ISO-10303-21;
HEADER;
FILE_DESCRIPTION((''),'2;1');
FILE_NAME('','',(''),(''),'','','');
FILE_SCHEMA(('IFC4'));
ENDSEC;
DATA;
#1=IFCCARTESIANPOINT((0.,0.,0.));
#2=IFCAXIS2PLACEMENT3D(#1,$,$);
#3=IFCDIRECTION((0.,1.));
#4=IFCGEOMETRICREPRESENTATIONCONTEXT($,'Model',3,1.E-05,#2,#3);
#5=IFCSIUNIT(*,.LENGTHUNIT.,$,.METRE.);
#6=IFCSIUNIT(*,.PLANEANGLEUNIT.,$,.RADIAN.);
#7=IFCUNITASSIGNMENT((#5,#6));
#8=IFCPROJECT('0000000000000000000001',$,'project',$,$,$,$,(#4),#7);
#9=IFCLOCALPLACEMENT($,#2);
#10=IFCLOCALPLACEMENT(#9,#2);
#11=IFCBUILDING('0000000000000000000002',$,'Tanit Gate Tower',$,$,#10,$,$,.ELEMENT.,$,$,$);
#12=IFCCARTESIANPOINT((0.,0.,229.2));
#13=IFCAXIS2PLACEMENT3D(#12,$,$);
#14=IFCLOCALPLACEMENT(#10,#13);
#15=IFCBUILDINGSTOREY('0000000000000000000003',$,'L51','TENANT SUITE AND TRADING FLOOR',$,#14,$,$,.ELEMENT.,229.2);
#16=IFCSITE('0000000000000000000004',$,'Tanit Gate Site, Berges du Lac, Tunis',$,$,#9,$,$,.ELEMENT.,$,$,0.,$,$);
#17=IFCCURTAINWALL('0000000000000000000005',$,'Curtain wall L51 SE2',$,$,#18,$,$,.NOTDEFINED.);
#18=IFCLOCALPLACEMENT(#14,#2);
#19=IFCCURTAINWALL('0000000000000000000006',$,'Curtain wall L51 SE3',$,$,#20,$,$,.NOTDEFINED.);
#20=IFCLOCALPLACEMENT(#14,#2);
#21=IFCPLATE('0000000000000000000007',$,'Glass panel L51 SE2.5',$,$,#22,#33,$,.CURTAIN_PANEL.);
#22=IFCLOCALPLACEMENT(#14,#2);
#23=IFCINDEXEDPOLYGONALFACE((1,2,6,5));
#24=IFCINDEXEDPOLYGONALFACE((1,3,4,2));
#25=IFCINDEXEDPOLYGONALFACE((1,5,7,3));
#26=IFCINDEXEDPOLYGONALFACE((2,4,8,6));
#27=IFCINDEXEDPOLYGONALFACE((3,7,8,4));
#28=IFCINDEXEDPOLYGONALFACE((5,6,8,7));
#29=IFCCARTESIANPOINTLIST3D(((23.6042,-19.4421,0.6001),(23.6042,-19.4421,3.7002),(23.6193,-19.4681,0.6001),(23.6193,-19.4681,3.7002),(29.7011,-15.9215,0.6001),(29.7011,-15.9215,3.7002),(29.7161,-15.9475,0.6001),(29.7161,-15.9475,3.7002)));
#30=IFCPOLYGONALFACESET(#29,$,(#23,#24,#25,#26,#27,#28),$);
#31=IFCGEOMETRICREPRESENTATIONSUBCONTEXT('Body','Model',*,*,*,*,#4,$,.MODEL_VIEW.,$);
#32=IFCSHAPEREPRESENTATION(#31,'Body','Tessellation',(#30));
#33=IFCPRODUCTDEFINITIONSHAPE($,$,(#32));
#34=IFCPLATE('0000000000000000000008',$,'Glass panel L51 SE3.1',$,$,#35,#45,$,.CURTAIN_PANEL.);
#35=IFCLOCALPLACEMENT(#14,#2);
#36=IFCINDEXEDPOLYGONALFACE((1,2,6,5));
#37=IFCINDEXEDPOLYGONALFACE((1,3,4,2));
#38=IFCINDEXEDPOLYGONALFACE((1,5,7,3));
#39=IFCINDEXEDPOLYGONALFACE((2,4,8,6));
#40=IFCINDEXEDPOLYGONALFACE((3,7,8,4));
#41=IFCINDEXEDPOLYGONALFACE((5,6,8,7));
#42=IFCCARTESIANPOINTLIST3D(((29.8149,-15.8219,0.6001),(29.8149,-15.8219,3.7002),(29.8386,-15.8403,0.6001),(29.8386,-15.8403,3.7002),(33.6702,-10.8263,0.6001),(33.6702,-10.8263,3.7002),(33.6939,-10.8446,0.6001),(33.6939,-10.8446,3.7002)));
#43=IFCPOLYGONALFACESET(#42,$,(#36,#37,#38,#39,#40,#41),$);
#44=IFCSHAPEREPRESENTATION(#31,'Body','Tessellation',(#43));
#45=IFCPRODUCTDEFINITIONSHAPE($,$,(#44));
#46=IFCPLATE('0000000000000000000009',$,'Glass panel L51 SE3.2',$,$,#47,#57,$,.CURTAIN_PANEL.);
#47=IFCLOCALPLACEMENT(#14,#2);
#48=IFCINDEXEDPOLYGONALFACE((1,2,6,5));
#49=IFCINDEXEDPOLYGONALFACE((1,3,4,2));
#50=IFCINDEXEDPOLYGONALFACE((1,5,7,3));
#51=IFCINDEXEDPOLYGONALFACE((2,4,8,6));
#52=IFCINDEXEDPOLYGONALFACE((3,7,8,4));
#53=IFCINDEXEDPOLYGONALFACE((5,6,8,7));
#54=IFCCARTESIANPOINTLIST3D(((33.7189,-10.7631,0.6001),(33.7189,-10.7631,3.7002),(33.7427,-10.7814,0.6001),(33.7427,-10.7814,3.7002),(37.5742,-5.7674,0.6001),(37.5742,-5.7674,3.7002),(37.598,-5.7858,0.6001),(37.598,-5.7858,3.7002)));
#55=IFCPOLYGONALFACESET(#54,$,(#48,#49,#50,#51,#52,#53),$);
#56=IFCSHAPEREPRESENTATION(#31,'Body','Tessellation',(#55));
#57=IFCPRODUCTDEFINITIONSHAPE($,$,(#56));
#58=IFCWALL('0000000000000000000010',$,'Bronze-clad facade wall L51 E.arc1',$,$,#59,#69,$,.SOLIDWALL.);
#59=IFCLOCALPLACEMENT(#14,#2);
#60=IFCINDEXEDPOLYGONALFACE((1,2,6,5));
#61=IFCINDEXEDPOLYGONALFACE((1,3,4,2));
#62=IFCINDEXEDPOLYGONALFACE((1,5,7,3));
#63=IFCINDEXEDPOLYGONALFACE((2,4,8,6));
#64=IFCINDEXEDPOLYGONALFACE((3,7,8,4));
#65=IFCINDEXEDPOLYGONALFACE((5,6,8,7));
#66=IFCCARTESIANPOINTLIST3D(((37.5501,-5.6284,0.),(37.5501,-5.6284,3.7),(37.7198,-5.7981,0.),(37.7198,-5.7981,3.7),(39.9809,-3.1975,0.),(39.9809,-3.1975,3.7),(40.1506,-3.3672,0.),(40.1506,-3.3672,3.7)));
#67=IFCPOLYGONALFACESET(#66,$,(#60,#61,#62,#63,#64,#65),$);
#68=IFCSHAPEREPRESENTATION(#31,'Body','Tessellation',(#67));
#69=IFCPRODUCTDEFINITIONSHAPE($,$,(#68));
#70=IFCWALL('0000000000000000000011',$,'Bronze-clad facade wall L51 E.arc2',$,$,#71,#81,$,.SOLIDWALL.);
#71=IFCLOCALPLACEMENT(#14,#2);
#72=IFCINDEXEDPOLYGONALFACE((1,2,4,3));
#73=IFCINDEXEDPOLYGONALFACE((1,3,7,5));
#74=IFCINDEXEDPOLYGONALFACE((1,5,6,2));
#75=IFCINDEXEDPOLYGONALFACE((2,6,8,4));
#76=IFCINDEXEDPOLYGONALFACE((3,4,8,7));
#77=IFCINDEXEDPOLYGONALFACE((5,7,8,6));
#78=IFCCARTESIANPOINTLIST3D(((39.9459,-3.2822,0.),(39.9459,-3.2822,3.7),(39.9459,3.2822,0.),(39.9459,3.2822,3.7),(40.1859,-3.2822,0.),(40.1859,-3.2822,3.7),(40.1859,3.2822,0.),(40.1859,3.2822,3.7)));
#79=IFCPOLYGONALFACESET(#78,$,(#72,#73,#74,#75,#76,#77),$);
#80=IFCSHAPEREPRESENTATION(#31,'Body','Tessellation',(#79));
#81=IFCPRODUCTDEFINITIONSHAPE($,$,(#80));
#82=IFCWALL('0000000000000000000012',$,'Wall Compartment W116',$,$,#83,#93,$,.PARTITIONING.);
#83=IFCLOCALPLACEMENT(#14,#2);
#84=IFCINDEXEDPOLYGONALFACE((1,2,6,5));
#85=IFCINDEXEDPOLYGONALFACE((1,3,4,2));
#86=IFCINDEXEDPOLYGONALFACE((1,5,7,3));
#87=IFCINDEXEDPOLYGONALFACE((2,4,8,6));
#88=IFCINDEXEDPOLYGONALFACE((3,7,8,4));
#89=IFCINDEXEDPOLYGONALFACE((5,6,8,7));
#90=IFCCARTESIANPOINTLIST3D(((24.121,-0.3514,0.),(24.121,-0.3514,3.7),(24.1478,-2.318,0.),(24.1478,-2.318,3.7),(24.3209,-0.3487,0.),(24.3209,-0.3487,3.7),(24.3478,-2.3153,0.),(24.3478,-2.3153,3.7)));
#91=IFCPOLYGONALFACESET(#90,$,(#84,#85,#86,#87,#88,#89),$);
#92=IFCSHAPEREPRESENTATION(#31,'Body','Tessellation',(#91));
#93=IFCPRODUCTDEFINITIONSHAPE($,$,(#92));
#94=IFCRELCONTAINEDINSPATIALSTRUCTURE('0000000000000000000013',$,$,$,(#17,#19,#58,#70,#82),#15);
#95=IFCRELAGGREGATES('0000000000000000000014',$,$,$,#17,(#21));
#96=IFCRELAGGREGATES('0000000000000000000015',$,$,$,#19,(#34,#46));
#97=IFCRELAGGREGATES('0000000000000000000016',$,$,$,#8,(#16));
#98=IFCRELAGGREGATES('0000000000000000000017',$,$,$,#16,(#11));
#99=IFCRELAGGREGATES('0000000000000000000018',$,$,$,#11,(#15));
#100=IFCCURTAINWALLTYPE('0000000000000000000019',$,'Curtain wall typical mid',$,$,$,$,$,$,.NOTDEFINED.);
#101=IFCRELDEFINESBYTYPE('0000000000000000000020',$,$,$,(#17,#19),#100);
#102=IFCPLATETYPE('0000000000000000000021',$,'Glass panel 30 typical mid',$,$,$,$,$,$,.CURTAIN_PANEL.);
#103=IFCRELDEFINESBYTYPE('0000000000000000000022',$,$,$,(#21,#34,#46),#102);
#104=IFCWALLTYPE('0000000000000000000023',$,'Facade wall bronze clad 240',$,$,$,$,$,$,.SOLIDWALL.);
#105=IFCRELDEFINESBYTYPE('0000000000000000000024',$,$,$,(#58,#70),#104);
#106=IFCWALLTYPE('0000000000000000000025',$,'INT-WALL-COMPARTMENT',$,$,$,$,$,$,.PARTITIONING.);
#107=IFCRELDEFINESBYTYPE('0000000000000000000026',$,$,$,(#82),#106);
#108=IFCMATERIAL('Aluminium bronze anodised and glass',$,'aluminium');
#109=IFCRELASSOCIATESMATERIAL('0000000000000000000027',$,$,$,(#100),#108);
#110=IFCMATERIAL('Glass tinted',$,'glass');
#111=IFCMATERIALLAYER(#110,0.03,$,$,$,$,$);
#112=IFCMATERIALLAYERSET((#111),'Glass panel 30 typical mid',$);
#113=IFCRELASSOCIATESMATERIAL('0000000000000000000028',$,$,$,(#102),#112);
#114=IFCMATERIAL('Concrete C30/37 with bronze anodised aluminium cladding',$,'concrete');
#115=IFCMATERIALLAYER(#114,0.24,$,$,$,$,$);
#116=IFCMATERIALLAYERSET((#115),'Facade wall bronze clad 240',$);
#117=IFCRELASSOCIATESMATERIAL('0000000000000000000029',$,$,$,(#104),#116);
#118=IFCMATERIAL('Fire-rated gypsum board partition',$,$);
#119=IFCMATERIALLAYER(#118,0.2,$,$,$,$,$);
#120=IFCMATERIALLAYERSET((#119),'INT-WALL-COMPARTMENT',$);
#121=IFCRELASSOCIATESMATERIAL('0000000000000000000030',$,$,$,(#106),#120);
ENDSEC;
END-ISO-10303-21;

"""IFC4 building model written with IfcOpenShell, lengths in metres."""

from ifc_helpers import new_model, si_unit, direction, frame, frame_2d, origin, origin_2d, place, context, subcontext, project, spatial, rectangle, extrude, material, layer, layer_set, type_object, element, aggregate, save


model = new_model("IFC4")

# Units and contexts
model_context = context("Model", 3, precision=1e-05, world=origin(), true_north=direction((0.0, 1.0)))
body_context = subcontext(model_context, "Body", "Model", "MODEL_VIEW")
ifc_project = project(units=[si_unit("LENGTHUNIT", "METRE"), si_unit("PLANEANGLEUNIT", "RADIAN")], contexts=[model_context])

# Site, building, storey
site_placement = place(None, origin())
site = spatial("IfcSite", under=ifc_project, at=site_placement, Name="Tanit Gate Site, Berges du Lac, Tunis", CompositionType="ELEMENT", RefElevation=0.0)
building_placement = place(site_placement, origin())
building = spatial("IfcBuilding", under=site, at=building_placement, Name="Tanit Gate Tower", CompositionType="ELEMENT")
storey_placement = place(building_placement, frame((0.0, 0.0, 229.2)))
storey = spatial("IfcBuildingStorey", under=building, at=storey_placement, Name="L51", Description="TENANT SUITE AND TRADING FLOOR", CompositionType="ELEMENT", Elevation=229.2)

# Curtain wall
ifc_material_1 = material(Name="Aluminium bronze anodised and glass", Category="aluminium")
curtain_wall_type = type_object("IfcCurtainWallType", Name="Curtain wall typical mid", PredefinedType="NOTDEFINED", material=ifc_material_1)
curtain_wall_1_placement = place(storey_placement, origin())
curtain_wall_1 = element("IfcCurtainWall", 1, at=curtain_wall_1_placement, inside=storey, type_object=curtain_wall_type, Name="Curtain wall L51 SE2", PredefinedType="NOTDEFINED")

# Curtain wall
curtain_wall_2_placement = place(storey_placement, origin())
curtain_wall_2 = element("IfcCurtainWall", 2, at=curtain_wall_2_placement, inside=storey, type_object=curtain_wall_type, Name="Curtain wall L51 SE3", PredefinedType="NOTDEFINED")

# Plates
ifc_material_2 = material(Name="Glass tinted", Category="glass")
ifc_layer_1 = layer(ifc_material_2, 0.03)
ifc_layer_set_1 = layer_set([ifc_layer_1], Name="Glass panel 30 typical mid")
plate_type = type_object("IfcPlateType", Name="Glass panel 30 typical mid", PredefinedType="CURTAIN_PANEL", material=ifc_layer_set_1)
plate_1_placement = place(storey_placement, frame((26.6602, -17.6948, 0.6001), z_axis=(0.0, 0.0, 1.0), x_axis=(0.865991, 0.50006, 0.0)))
plate_1 = element("IfcPlate", 3, at=plate_1_placement, type_object=plate_type, Name="Glass panel L51 SE2.5", PredefinedType="CURTAIN_PANEL", context=body_context, shape_type="SweptSolid", body=[
    extrude(rectangle(XDim=7.0403, YDim=0.03, at=origin_2d()), origin(), (0.0, 0.0, 1.0), 3.1001),
])
aggregate(curtain_wall_1, [plate_1])
plate_2_placement = place(storey_placement, frame((31.7544, -13.3333, 0.6001), z_axis=(0.0, 0.0, 1.0), x_axis=(0.610954, 0.791666, 0.0)))
plate_2 = element("IfcPlate", 4, at=plate_2_placement, type_object=plate_type, Name="Glass panel L51 SE3.1", PredefinedType="CURTAIN_PANEL", context=body_context, shape_type="SweptSolid", body=[
    extrude(rectangle(XDim=6.3103, YDim=0.03, at=origin_2d()), origin(), (0.0, 0.0, 1.0), 3.1001),
])
plate_3_placement = place(storey_placement, frame((35.6584, -8.2744, 0.6001), z_axis=(0.0, 0.0, 1.0), x_axis=(0.610954, 0.791666, 0.0)))
plate_3 = element("IfcPlate", 5, at=plate_3_placement, type_object=plate_type, Name="Glass panel L51 SE3.2", PredefinedType="CURTAIN_PANEL", context=body_context, shape_type="SweptSolid", body=[
    extrude(rectangle(XDim=6.3103, YDim=0.03, at=origin_2d()), origin(), (0.0, 0.0, 1.0), 3.1001),
])
aggregate(curtain_wall_2, [plate_2, plate_3])

# Walls
ifc_material_3 = material(Name="Concrete C30/37 with bronze anodised aluminium cladding", Category="concrete")
ifc_layer_2 = layer(ifc_material_3, 0.24)
ifc_layer_set_2 = layer_set([ifc_layer_2], Name="Facade wall bronze clad 240")
wall_type_1 = type_object("IfcWallType", Name="Facade wall bronze clad 240", PredefinedType="SOLIDWALL", material=ifc_layer_set_2)
wall_1_placement = place(storey_placement, frame((37.635, -5.7131, 0.0), z_axis=(0.0, 0.0, 1.0), x_axis=(0.707107, 0.707107, 0.0)))
element("IfcWall", 6, at=wall_1_placement, inside=storey, type_object=wall_type_1, Name="Bronze-clad facade wall L51 E.arc1", PredefinedType="SOLIDWALL", context=body_context, shape_type="SweptSolid", body=[
    extrude(rectangle(XDim=3.4377, YDim=0.24, at=frame_2d((1.7188, 0.0))), origin(), (0.0, 0.0, 1.0), 3.7),
])
wall_2_placement = place(storey_placement, frame((40.0659, -3.2822, 0.0), z_axis=(0.0, 0.0, 1.0), x_axis=(0.0, 1.0, 0.0)))
element("IfcWall", 7, at=wall_2_placement, inside=storey, type_object=wall_type_1, Name="Bronze-clad facade wall L51 E.arc2", PredefinedType="SOLIDWALL", context=body_context, shape_type="SweptSolid", body=[
    extrude(rectangle(XDim=6.5645, YDim=0.24, at=frame_2d((3.2822, 0.0))), origin(), (0.0, 0.0, 1.0), 3.7),
])
ifc_material_4 = material(Name="Fire-rated gypsum board partition")
ifc_layer_3 = layer(ifc_material_4, 0.2)
ifc_layer_set_3 = layer_set([ifc_layer_3], Name="INT-WALL-COMPARTMENT")
wall_type_2 = type_object("IfcWallType", Name="INT-WALL-COMPARTMENT", PredefinedType="PARTITIONING", material=ifc_layer_set_3)
wall_3_placement = place(storey_placement, frame((24.2478, -2.3167, 0.0), z_axis=(0.0, 0.0, 1.0), x_axis=(-0.013655, 0.999907, 0.0)))
element("IfcWall", 8, at=wall_3_placement, inside=storey, type_object=wall_type_2, Name="Wall Compartment W116", PredefinedType="PARTITIONING", context=body_context, shape_type="SweptSolid", body=[
    extrude(rectangle(XDim=1.9668, YDim=0.2, at=frame_2d((0.9834, 0.0))), origin(), (0.0, 0.0, 1.0), 3.7),
])

save(model, "model.ifc")
